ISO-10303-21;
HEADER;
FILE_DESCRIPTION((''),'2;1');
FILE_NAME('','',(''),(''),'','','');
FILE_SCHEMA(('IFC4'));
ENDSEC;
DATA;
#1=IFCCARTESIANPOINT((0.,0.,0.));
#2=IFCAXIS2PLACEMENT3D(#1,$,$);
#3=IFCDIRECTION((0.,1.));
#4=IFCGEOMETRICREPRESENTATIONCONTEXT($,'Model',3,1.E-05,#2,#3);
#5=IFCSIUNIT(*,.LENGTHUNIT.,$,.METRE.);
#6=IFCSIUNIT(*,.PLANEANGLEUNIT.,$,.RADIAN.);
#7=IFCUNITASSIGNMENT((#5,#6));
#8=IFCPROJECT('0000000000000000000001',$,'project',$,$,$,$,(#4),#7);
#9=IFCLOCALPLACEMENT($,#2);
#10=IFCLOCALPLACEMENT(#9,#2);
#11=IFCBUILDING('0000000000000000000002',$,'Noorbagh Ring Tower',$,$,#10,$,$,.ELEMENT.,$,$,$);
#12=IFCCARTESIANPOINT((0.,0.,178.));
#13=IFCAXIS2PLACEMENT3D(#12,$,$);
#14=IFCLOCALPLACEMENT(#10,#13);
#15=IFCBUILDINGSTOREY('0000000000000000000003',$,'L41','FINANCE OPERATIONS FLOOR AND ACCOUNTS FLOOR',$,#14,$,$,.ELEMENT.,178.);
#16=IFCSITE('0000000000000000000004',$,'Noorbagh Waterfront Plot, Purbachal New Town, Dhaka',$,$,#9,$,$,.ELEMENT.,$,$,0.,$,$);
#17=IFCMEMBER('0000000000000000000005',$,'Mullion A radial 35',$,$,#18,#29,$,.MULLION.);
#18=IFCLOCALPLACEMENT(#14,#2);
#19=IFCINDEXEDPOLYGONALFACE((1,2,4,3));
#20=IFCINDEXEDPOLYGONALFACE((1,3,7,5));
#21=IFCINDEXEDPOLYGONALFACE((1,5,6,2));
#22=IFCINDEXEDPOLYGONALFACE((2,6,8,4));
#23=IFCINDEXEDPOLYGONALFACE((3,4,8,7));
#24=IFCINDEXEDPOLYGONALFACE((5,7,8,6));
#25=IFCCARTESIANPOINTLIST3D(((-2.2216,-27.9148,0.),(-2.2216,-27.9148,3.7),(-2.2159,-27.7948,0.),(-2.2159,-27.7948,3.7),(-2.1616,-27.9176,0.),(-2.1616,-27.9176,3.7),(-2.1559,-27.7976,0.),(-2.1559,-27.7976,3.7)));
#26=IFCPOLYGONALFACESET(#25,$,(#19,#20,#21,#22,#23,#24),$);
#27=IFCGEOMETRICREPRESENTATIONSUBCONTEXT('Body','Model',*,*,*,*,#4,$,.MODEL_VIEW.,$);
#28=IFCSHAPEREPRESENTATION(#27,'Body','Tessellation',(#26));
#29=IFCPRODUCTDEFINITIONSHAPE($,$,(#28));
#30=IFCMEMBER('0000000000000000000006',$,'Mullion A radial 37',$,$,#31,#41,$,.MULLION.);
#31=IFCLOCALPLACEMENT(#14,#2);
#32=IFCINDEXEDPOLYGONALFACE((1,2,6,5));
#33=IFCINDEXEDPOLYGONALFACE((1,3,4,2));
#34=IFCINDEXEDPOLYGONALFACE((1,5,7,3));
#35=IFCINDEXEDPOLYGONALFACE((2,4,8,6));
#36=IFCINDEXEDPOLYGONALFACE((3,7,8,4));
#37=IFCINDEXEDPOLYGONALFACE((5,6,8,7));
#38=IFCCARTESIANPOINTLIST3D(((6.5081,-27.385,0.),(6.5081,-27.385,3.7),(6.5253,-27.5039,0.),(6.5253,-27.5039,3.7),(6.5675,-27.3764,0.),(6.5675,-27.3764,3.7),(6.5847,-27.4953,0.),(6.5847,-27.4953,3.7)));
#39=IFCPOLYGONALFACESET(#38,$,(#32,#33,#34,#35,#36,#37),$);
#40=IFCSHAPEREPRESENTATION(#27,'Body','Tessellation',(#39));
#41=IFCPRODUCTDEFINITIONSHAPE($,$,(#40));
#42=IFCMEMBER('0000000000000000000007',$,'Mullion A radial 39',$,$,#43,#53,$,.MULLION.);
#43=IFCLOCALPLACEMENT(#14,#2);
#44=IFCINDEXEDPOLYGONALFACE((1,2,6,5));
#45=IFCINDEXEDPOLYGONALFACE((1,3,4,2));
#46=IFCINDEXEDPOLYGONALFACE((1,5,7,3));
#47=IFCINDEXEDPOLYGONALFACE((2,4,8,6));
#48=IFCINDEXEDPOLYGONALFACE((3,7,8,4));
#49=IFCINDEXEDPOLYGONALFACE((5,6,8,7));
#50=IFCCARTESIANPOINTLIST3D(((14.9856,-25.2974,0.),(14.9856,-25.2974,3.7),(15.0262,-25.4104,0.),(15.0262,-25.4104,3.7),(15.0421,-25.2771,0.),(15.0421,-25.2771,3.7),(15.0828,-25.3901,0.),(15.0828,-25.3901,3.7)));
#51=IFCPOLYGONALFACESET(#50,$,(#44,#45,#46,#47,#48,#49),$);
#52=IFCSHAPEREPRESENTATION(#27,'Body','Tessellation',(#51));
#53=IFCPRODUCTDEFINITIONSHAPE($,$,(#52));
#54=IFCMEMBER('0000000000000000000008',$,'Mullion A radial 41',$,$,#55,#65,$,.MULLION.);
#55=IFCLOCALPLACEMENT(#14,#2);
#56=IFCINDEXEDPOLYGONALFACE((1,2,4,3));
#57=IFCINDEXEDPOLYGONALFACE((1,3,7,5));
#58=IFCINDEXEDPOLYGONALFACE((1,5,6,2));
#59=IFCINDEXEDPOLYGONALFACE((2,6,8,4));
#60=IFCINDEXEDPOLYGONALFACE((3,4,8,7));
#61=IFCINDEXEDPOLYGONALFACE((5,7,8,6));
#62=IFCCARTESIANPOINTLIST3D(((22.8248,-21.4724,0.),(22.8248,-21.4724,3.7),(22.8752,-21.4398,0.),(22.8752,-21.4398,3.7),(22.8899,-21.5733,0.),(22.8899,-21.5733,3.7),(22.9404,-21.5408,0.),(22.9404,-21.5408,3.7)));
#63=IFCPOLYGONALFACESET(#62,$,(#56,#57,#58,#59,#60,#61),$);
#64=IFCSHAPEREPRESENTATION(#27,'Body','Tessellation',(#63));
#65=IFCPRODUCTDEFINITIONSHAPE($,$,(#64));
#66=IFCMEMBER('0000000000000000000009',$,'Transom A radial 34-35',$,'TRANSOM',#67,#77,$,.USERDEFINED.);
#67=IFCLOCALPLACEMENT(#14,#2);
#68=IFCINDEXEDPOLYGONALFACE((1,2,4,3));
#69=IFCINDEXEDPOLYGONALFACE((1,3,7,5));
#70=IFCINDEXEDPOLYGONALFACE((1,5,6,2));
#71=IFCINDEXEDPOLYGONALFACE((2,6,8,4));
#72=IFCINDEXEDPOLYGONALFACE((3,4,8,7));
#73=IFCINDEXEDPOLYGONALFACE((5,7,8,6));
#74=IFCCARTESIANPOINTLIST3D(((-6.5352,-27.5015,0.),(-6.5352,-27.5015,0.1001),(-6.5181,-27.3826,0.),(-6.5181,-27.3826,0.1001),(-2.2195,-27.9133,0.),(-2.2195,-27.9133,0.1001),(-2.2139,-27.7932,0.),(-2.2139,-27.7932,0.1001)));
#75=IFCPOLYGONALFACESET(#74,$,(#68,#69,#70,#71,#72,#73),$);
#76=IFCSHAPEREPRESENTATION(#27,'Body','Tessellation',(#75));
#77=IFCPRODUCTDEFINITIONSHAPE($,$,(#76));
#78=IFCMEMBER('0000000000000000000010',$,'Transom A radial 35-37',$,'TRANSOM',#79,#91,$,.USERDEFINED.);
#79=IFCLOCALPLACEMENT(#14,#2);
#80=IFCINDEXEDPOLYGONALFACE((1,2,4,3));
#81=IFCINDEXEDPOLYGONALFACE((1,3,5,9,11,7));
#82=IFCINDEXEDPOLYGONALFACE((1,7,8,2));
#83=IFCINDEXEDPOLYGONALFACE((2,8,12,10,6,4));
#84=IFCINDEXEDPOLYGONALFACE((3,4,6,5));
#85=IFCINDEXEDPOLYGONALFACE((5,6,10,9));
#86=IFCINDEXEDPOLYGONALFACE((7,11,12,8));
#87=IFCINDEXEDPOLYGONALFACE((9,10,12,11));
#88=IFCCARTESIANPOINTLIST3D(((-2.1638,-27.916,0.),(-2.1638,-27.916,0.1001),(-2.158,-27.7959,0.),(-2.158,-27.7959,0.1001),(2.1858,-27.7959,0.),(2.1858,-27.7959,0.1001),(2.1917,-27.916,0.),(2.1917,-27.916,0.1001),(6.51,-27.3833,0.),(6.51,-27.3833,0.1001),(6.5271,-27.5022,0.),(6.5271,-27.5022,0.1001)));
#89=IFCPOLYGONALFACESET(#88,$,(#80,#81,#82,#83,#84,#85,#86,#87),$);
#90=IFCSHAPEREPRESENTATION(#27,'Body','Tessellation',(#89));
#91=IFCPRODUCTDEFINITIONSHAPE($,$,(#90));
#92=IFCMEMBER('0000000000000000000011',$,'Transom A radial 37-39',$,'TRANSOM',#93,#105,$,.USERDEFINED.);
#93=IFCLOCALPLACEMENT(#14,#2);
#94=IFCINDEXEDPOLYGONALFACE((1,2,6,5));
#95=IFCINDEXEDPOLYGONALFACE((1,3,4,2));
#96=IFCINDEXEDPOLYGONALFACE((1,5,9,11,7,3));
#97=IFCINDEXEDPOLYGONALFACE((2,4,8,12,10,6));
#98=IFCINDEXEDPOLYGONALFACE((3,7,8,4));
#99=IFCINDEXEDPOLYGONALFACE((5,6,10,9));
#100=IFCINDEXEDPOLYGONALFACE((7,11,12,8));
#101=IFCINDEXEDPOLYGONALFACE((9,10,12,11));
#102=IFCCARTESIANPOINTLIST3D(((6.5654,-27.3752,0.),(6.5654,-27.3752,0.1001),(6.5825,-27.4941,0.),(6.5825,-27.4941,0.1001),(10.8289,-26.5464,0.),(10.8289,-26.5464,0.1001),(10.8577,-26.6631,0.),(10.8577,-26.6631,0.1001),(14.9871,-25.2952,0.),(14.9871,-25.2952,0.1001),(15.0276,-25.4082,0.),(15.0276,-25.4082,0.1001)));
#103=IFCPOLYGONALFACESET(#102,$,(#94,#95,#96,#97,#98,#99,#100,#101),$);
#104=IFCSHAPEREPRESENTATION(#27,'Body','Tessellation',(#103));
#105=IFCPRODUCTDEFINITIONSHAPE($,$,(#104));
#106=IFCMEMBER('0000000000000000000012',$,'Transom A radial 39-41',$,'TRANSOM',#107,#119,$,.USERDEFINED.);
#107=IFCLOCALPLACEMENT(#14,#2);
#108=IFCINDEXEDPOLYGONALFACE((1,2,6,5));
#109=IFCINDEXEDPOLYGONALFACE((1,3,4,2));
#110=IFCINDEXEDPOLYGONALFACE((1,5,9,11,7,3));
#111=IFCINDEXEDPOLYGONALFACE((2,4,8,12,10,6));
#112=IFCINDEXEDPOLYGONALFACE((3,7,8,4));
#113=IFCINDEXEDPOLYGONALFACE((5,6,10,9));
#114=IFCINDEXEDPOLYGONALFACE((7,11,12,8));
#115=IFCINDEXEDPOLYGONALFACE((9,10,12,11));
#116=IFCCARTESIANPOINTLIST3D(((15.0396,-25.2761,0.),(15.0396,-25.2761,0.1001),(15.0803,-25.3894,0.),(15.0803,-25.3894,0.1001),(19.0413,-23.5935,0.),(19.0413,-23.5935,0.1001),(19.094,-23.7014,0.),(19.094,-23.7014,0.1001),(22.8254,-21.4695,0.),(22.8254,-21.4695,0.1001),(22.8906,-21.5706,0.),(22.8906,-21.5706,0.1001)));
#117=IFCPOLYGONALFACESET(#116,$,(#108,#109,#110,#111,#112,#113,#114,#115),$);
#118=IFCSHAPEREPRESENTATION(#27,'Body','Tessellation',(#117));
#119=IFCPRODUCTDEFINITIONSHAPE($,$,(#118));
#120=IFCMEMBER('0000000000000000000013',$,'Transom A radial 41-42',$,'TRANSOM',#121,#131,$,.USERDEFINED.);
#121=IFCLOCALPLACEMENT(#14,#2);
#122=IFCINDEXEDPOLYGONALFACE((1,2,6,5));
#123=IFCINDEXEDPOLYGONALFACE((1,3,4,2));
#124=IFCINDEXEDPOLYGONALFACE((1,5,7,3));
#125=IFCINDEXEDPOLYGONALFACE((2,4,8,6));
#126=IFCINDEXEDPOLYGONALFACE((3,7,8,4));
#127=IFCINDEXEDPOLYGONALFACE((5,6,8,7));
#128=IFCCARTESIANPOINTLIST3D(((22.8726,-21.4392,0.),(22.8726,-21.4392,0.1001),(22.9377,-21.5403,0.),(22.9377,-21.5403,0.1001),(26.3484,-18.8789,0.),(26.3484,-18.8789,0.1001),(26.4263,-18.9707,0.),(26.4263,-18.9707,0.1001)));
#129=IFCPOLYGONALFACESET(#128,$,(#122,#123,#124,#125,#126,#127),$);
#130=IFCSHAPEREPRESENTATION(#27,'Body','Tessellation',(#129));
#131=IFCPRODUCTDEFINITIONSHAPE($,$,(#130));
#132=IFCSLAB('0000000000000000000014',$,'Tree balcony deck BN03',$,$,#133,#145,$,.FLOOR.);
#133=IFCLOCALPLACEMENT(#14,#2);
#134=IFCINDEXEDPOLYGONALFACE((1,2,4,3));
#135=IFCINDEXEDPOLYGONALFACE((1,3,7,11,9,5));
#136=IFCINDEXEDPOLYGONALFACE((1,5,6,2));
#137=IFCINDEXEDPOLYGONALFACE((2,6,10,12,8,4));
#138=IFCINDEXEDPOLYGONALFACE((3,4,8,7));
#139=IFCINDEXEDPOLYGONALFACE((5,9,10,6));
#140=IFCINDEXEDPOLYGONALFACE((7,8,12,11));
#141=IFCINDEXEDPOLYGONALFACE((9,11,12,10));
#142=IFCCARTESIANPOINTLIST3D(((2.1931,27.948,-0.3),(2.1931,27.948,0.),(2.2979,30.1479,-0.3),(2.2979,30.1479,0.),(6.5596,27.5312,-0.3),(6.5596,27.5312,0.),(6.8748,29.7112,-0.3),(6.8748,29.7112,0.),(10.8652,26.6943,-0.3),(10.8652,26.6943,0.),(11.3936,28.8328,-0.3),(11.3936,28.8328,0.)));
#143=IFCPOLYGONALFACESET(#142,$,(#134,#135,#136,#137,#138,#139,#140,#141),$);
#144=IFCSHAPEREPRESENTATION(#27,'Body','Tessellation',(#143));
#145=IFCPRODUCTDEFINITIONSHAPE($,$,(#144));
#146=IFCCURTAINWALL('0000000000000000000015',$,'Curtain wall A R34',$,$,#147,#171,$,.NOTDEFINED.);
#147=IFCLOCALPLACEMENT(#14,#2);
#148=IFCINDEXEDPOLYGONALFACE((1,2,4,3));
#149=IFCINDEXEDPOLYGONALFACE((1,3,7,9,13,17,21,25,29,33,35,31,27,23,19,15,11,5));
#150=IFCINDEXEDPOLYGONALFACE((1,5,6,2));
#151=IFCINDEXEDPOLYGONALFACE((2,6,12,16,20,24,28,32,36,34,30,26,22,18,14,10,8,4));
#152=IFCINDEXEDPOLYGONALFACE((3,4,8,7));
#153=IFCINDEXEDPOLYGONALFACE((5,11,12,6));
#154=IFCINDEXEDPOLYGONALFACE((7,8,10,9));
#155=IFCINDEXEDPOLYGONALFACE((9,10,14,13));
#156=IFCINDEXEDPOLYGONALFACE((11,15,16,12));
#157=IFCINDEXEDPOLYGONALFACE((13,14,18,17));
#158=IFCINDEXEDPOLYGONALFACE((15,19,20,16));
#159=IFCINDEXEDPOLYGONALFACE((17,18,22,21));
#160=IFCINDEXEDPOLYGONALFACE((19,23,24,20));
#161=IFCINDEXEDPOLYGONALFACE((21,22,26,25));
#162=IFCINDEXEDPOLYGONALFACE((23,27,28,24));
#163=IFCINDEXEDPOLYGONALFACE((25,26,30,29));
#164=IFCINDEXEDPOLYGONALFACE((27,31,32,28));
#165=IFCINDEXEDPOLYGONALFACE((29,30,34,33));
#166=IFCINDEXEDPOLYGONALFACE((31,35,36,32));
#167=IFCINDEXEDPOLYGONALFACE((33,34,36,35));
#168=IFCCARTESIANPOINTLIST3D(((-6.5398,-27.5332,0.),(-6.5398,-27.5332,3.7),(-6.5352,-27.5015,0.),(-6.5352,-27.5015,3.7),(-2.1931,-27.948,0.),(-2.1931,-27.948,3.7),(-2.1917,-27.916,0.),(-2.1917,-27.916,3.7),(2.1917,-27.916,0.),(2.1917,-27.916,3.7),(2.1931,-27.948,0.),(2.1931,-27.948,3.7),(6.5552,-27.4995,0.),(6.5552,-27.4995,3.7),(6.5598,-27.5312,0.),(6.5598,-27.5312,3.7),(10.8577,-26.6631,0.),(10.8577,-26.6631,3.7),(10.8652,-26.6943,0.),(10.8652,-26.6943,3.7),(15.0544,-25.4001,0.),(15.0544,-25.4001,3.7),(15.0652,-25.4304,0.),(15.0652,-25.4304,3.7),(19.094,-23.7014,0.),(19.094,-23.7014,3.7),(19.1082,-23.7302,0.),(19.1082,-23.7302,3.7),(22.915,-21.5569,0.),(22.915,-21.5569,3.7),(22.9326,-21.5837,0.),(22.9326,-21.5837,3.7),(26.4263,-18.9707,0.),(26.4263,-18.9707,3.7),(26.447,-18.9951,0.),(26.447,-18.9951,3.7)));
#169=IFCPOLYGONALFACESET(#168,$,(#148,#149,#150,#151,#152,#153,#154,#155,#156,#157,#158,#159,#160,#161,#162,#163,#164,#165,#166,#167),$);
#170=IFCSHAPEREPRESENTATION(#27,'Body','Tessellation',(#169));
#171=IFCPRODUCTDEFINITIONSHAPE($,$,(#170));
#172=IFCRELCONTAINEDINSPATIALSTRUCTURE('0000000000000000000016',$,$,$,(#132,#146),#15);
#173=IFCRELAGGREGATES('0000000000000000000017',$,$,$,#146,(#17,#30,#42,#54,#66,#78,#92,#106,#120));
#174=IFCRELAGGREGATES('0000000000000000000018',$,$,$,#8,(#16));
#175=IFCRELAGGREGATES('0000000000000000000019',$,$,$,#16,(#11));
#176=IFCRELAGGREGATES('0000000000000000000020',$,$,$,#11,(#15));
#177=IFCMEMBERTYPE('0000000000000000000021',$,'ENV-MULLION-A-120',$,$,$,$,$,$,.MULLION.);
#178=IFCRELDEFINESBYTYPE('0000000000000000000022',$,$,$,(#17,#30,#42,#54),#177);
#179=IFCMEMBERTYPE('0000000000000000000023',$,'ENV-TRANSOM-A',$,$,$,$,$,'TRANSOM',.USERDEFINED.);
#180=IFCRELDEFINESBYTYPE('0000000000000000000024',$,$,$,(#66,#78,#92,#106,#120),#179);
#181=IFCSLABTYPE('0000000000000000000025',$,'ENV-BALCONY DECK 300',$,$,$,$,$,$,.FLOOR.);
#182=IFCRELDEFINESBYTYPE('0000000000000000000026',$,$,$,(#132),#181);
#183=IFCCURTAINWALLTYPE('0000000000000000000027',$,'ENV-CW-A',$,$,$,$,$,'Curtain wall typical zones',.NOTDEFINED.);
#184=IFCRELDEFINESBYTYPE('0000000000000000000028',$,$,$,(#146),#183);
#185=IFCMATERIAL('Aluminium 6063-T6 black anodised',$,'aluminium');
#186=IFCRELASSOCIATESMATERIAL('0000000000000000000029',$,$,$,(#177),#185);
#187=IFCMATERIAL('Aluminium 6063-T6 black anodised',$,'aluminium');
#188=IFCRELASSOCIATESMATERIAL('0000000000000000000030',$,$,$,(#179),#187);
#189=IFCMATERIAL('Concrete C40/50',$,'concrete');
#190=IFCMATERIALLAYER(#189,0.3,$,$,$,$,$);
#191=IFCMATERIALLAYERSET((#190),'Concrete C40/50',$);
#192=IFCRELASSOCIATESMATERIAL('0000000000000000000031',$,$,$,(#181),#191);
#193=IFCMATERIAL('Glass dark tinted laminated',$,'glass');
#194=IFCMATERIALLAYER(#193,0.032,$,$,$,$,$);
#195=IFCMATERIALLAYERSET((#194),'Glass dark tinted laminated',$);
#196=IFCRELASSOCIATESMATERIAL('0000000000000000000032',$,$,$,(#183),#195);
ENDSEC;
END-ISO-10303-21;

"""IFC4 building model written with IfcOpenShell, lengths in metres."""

from ifc_helpers import new_model, si_unit, direction, frame, origin, origin_2d, place, context, subcontext, project, spatial, polyline, rectangle, outline, extrude, material, layer, layer_set, material_profile, profile_set, type_object, element, aggregate, save


model = new_model("IFC4")

# Units and contexts
model_context = context("Model", 3, precision=1e-05, world=origin(), true_north=direction((0.0, 1.0)))
body_context = subcontext(model_context, "Body", "Model", "MODEL_VIEW")
ifc_project = project(units=[si_unit("LENGTHUNIT", "METRE"), si_unit("PLANEANGLEUNIT", "RADIAN")], contexts=[model_context])

# Members
ifc_material_1 = material(Name="Aluminium 6063-T6 black anodised", Category="aluminium")
ifc_material_profile = material_profile(ifc_material_1, rectangle(XDim=0.1201, YDim=0.0601, at=origin_2d()), Name="120x60")
ifc_profile_set = profile_set([ifc_material_profile], Name="Aluminium 6063-T6 black anodised")
member_type_1 = type_object("IfcMemberType", Name="ENV-MULLION-A-120", PredefinedType="MULLION", material=ifc_profile_set)
site_placement = place(None, origin())
building_placement = place(site_placement, origin())
storey_placement = place(building_placement, frame((0.0, 0.0, 178.0)))
member_1_placement = place(storey_placement, frame((-2.1887, -27.8562, 0.0), z_axis=(0.0, 0.0, 1.0), x_axis=(0.047558, 0.998868, 0.0)))
member_1 = element("IfcMember", 1, at=member_1_placement, type_object=member_type_1, Name="Mullion A radial 35", PredefinedType="MULLION", context=body_context, shape_type="SweptSolid", body=[
    extrude(rectangle(XDim=0.1201, YDim=0.0601, at=origin_2d()), origin(), (0.0, 0.0, 1.0), 3.7),
])
member_2_placement = place(storey_placement, frame((6.5464, -27.4402, 0.0), z_axis=(0.0, 0.0, 1.0), x_axis=(-0.143082, 0.989711, 0.0)))
member_2 = element("IfcMember", 2, at=member_2_placement, type_object=member_type_1, Name="Mullion A radial 37", PredefinedType="MULLION", context=body_context, shape_type="SweptSolid", body=[
    extrude(rectangle(XDim=0.1201, YDim=0.0601, at=origin_2d()), origin(), (0.0, 0.0, 1.0), 3.7),
])
member_3_placement = place(storey_placement, frame((15.0342, -25.3438, 0.0), z_axis=(0.0, 0.0, 1.0), x_axis=(-0.338379, 0.94101, 0.0)))
member_3 = element("IfcMember", 3, at=member_3_placement, type_object=member_type_1, Name="Mullion A radial 39", PredefinedType="MULLION", context=body_context, shape_type="SweptSolid", body=[
    extrude(rectangle(XDim=0.1201, YDim=0.0601, at=origin_2d()), origin(), (0.0, 0.0, 1.0), 3.7),
])
member_4_placement = place(storey_placement, frame((22.8826, -21.5066, 0.0), z_axis=(0.0, 0.0, 1.0), x_axis=(-0.542279, 0.840198, 0.0)))
member_4 = element("IfcMember", 4, at=member_4_placement, type_object=member_type_1, Name="Mullion A radial 41", PredefinedType="MULLION", context=body_context, shape_type="SweptSolid", body=[
    extrude(rectangle(XDim=0.1201, YDim=0.0601, at=origin_2d()), origin(), (0.0, 0.0, 1.0), 3.7),
])
ifc_material_2 = material(Name="Aluminium 6063-T6 black anodised", Category="aluminium")
member_type_2 = type_object("IfcMemberType", Name="ENV-TRANSOM-A", ElementType="TRANSOM", PredefinedType="USERDEFINED", material=ifc_material_2)
member_5_placement = place(storey_placement, origin())
member_5 = element("IfcMember", 5, at=member_5_placement, type_object=member_type_2, Name="Transom A radial 34-35", ObjectType="TRANSOM", PredefinedType="USERDEFINED", context=body_context, shape_type="SweptSolid", body=[
    extrude(outline(polyline([(-6.5352, -27.5015), (-2.2195, -27.9133), (-2.2139, -27.7932), (-6.5181, -27.3826), (-6.5352, -27.5015)])), origin(), (0.0, 0.0, 1.0), 0.1001),
])
member_6_placement = place(storey_placement, origin())
member_6 = element("IfcMember", 6, at=member_6_placement, type_object=member_type_2, Name="Transom A radial 35-37", ObjectType="TRANSOM", PredefinedType="USERDEFINED", context=body_context, shape_type="SweptSolid", body=[
    extrude(outline(polyline([(-2.1638, -27.916), (2.1917, -27.916), (6.5271, -27.5022), (6.51, -27.3833), (2.1858, -27.7959), (-2.158, -27.7959), (-2.1638, -27.916)])), origin(), (0.0, 0.0, 1.0), 0.1001),
])
member_7_placement = place(storey_placement, origin())
member_7 = element("IfcMember", 7, at=member_7_placement, type_object=member_type_2, Name="Transom A radial 37-39", ObjectType="TRANSOM", PredefinedType="USERDEFINED", context=body_context, shape_type="SweptSolid", body=[
    extrude(outline(polyline([(6.5825, -27.4941), (10.8577, -26.6631), (15.0276, -25.4082), (14.9871, -25.2952), (10.8289, -26.5464), (6.5654, -27.3752), (6.5825, -27.4941)])), origin(), (0.0, 0.0, 1.0), 0.1001),
])
member_8_placement = place(storey_placement, origin())
member_8 = element("IfcMember", 8, at=member_8_placement, type_object=member_type_2, Name="Transom A radial 39-41", ObjectType="TRANSOM", PredefinedType="USERDEFINED", context=body_context, shape_type="SweptSolid", body=[
    extrude(outline(polyline([(15.0803, -25.3894), (19.094, -23.7014), (22.8906, -21.5706), (22.8254, -21.4695), (19.0413, -23.5935), (15.0396, -25.2761), (15.0803, -25.3894)])), origin(), (0.0, 0.0, 1.0), 0.1001),
])
member_9_placement = place(storey_placement, origin())
member_9 = element("IfcMember", 9, at=member_9_placement, type_object=member_type_2, Name="Transom A radial 41-42", ObjectType="TRANSOM", PredefinedType="USERDEFINED", context=body_context, shape_type="SweptSolid", body=[
    extrude(outline(polyline([(22.9377, -21.5403), (26.4263, -18.9707), (26.3484, -18.8789), (22.8726, -21.4392), (22.9377, -21.5403)])), origin(), (0.0, 0.0, 1.0), 0.1001),
])

# Site, building, storey
site = spatial("IfcSite", under=ifc_project, at=site_placement, Name="Noorbagh Waterfront Plot, Purbachal New Town, Dhaka", CompositionType="ELEMENT", RefElevation=0.0)
building = spatial("IfcBuilding", under=site, at=building_placement, Name="Noorbagh Ring Tower", CompositionType="ELEMENT")
storey = spatial("IfcBuildingStorey", under=building, at=storey_placement, Name="L41", Description="FINANCE OPERATIONS FLOOR AND ACCOUNTS FLOOR", CompositionType="ELEMENT", Elevation=178.0)

# Slab
ifc_material_3 = material(Name="Concrete C40/50", Category="concrete")
ifc_layer_1 = layer(ifc_material_3, 0.3)
ifc_layer_set_1 = layer_set([ifc_layer_1], Name="Concrete C40/50")
slab_type = type_object("IfcSlabType", Name="ENV-BALCONY DECK 300", PredefinedType="FLOOR", material=ifc_layer_set_1)
slab_placement = place(storey_placement, frame((0.0, 0.0, -0.3)))
element("IfcSlab", 10, at=slab_placement, inside=storey, type_object=slab_type, Name="Tree balcony deck BN03", PredefinedType="FLOOR", context=body_context, shape_type="SweptSolid", body=[
    extrude(outline(polyline([(11.3936, 28.8328), (6.8748, 29.7112), (2.2979, 30.1479), (2.1931, 27.948), (6.5596, 27.5312), (10.8652, 26.6943), (11.3936, 28.8328)])), origin(), (0.0, 0.0, 1.0), 0.3),
])

# Curtain wall
ifc_material_4 = material(Name="Glass dark tinted laminated", Category="glass")
ifc_layer_2 = layer(ifc_material_4, 0.032)
ifc_layer_set_2 = layer_set([ifc_layer_2], Name="Glass dark tinted laminated")
curtain_wall_type = type_object("IfcCurtainWallType", Name="ENV-CW-A", ElementType="Curtain wall typical zones", PredefinedType="NOTDEFINED", material=ifc_layer_set_2)
curtain_wall_1_placement = place(storey_placement, origin())
curtain_wall_1 = element("IfcCurtainWall", 11, at=curtain_wall_1_placement, inside=storey, type_object=curtain_wall_type, Name="Curtain wall A R34", PredefinedType="NOTDEFINED", context=body_context, shape_type="SweptSolid", body=[
    extrude(outline(polyline([(-6.5398, -27.5332), (-2.1931, -27.948), (2.1931, -27.948), (6.5598, -27.5312), (10.8652, -26.6943), (15.0652, -25.4304), (19.1082, -23.7302), (22.9326, -21.5837), (26.447, -18.9951), (26.4263, -18.9707), (22.915, -21.5569), (19.094, -23.7014), (15.0544, -25.4001), (10.8577, -26.6631), (6.5552, -27.4995), (2.1917, -27.916), (-2.1917, -27.916), (-6.5352, -27.5015), (-6.5398, -27.5332)])), origin(), (0.0, 0.0, 1.0), 3.7),
])
aggregate(curtain_wall_1, [member_1, member_2, member_3, member_4, member_5, member_6, member_7, member_8, member_9])

save(model, "model.ifc")
